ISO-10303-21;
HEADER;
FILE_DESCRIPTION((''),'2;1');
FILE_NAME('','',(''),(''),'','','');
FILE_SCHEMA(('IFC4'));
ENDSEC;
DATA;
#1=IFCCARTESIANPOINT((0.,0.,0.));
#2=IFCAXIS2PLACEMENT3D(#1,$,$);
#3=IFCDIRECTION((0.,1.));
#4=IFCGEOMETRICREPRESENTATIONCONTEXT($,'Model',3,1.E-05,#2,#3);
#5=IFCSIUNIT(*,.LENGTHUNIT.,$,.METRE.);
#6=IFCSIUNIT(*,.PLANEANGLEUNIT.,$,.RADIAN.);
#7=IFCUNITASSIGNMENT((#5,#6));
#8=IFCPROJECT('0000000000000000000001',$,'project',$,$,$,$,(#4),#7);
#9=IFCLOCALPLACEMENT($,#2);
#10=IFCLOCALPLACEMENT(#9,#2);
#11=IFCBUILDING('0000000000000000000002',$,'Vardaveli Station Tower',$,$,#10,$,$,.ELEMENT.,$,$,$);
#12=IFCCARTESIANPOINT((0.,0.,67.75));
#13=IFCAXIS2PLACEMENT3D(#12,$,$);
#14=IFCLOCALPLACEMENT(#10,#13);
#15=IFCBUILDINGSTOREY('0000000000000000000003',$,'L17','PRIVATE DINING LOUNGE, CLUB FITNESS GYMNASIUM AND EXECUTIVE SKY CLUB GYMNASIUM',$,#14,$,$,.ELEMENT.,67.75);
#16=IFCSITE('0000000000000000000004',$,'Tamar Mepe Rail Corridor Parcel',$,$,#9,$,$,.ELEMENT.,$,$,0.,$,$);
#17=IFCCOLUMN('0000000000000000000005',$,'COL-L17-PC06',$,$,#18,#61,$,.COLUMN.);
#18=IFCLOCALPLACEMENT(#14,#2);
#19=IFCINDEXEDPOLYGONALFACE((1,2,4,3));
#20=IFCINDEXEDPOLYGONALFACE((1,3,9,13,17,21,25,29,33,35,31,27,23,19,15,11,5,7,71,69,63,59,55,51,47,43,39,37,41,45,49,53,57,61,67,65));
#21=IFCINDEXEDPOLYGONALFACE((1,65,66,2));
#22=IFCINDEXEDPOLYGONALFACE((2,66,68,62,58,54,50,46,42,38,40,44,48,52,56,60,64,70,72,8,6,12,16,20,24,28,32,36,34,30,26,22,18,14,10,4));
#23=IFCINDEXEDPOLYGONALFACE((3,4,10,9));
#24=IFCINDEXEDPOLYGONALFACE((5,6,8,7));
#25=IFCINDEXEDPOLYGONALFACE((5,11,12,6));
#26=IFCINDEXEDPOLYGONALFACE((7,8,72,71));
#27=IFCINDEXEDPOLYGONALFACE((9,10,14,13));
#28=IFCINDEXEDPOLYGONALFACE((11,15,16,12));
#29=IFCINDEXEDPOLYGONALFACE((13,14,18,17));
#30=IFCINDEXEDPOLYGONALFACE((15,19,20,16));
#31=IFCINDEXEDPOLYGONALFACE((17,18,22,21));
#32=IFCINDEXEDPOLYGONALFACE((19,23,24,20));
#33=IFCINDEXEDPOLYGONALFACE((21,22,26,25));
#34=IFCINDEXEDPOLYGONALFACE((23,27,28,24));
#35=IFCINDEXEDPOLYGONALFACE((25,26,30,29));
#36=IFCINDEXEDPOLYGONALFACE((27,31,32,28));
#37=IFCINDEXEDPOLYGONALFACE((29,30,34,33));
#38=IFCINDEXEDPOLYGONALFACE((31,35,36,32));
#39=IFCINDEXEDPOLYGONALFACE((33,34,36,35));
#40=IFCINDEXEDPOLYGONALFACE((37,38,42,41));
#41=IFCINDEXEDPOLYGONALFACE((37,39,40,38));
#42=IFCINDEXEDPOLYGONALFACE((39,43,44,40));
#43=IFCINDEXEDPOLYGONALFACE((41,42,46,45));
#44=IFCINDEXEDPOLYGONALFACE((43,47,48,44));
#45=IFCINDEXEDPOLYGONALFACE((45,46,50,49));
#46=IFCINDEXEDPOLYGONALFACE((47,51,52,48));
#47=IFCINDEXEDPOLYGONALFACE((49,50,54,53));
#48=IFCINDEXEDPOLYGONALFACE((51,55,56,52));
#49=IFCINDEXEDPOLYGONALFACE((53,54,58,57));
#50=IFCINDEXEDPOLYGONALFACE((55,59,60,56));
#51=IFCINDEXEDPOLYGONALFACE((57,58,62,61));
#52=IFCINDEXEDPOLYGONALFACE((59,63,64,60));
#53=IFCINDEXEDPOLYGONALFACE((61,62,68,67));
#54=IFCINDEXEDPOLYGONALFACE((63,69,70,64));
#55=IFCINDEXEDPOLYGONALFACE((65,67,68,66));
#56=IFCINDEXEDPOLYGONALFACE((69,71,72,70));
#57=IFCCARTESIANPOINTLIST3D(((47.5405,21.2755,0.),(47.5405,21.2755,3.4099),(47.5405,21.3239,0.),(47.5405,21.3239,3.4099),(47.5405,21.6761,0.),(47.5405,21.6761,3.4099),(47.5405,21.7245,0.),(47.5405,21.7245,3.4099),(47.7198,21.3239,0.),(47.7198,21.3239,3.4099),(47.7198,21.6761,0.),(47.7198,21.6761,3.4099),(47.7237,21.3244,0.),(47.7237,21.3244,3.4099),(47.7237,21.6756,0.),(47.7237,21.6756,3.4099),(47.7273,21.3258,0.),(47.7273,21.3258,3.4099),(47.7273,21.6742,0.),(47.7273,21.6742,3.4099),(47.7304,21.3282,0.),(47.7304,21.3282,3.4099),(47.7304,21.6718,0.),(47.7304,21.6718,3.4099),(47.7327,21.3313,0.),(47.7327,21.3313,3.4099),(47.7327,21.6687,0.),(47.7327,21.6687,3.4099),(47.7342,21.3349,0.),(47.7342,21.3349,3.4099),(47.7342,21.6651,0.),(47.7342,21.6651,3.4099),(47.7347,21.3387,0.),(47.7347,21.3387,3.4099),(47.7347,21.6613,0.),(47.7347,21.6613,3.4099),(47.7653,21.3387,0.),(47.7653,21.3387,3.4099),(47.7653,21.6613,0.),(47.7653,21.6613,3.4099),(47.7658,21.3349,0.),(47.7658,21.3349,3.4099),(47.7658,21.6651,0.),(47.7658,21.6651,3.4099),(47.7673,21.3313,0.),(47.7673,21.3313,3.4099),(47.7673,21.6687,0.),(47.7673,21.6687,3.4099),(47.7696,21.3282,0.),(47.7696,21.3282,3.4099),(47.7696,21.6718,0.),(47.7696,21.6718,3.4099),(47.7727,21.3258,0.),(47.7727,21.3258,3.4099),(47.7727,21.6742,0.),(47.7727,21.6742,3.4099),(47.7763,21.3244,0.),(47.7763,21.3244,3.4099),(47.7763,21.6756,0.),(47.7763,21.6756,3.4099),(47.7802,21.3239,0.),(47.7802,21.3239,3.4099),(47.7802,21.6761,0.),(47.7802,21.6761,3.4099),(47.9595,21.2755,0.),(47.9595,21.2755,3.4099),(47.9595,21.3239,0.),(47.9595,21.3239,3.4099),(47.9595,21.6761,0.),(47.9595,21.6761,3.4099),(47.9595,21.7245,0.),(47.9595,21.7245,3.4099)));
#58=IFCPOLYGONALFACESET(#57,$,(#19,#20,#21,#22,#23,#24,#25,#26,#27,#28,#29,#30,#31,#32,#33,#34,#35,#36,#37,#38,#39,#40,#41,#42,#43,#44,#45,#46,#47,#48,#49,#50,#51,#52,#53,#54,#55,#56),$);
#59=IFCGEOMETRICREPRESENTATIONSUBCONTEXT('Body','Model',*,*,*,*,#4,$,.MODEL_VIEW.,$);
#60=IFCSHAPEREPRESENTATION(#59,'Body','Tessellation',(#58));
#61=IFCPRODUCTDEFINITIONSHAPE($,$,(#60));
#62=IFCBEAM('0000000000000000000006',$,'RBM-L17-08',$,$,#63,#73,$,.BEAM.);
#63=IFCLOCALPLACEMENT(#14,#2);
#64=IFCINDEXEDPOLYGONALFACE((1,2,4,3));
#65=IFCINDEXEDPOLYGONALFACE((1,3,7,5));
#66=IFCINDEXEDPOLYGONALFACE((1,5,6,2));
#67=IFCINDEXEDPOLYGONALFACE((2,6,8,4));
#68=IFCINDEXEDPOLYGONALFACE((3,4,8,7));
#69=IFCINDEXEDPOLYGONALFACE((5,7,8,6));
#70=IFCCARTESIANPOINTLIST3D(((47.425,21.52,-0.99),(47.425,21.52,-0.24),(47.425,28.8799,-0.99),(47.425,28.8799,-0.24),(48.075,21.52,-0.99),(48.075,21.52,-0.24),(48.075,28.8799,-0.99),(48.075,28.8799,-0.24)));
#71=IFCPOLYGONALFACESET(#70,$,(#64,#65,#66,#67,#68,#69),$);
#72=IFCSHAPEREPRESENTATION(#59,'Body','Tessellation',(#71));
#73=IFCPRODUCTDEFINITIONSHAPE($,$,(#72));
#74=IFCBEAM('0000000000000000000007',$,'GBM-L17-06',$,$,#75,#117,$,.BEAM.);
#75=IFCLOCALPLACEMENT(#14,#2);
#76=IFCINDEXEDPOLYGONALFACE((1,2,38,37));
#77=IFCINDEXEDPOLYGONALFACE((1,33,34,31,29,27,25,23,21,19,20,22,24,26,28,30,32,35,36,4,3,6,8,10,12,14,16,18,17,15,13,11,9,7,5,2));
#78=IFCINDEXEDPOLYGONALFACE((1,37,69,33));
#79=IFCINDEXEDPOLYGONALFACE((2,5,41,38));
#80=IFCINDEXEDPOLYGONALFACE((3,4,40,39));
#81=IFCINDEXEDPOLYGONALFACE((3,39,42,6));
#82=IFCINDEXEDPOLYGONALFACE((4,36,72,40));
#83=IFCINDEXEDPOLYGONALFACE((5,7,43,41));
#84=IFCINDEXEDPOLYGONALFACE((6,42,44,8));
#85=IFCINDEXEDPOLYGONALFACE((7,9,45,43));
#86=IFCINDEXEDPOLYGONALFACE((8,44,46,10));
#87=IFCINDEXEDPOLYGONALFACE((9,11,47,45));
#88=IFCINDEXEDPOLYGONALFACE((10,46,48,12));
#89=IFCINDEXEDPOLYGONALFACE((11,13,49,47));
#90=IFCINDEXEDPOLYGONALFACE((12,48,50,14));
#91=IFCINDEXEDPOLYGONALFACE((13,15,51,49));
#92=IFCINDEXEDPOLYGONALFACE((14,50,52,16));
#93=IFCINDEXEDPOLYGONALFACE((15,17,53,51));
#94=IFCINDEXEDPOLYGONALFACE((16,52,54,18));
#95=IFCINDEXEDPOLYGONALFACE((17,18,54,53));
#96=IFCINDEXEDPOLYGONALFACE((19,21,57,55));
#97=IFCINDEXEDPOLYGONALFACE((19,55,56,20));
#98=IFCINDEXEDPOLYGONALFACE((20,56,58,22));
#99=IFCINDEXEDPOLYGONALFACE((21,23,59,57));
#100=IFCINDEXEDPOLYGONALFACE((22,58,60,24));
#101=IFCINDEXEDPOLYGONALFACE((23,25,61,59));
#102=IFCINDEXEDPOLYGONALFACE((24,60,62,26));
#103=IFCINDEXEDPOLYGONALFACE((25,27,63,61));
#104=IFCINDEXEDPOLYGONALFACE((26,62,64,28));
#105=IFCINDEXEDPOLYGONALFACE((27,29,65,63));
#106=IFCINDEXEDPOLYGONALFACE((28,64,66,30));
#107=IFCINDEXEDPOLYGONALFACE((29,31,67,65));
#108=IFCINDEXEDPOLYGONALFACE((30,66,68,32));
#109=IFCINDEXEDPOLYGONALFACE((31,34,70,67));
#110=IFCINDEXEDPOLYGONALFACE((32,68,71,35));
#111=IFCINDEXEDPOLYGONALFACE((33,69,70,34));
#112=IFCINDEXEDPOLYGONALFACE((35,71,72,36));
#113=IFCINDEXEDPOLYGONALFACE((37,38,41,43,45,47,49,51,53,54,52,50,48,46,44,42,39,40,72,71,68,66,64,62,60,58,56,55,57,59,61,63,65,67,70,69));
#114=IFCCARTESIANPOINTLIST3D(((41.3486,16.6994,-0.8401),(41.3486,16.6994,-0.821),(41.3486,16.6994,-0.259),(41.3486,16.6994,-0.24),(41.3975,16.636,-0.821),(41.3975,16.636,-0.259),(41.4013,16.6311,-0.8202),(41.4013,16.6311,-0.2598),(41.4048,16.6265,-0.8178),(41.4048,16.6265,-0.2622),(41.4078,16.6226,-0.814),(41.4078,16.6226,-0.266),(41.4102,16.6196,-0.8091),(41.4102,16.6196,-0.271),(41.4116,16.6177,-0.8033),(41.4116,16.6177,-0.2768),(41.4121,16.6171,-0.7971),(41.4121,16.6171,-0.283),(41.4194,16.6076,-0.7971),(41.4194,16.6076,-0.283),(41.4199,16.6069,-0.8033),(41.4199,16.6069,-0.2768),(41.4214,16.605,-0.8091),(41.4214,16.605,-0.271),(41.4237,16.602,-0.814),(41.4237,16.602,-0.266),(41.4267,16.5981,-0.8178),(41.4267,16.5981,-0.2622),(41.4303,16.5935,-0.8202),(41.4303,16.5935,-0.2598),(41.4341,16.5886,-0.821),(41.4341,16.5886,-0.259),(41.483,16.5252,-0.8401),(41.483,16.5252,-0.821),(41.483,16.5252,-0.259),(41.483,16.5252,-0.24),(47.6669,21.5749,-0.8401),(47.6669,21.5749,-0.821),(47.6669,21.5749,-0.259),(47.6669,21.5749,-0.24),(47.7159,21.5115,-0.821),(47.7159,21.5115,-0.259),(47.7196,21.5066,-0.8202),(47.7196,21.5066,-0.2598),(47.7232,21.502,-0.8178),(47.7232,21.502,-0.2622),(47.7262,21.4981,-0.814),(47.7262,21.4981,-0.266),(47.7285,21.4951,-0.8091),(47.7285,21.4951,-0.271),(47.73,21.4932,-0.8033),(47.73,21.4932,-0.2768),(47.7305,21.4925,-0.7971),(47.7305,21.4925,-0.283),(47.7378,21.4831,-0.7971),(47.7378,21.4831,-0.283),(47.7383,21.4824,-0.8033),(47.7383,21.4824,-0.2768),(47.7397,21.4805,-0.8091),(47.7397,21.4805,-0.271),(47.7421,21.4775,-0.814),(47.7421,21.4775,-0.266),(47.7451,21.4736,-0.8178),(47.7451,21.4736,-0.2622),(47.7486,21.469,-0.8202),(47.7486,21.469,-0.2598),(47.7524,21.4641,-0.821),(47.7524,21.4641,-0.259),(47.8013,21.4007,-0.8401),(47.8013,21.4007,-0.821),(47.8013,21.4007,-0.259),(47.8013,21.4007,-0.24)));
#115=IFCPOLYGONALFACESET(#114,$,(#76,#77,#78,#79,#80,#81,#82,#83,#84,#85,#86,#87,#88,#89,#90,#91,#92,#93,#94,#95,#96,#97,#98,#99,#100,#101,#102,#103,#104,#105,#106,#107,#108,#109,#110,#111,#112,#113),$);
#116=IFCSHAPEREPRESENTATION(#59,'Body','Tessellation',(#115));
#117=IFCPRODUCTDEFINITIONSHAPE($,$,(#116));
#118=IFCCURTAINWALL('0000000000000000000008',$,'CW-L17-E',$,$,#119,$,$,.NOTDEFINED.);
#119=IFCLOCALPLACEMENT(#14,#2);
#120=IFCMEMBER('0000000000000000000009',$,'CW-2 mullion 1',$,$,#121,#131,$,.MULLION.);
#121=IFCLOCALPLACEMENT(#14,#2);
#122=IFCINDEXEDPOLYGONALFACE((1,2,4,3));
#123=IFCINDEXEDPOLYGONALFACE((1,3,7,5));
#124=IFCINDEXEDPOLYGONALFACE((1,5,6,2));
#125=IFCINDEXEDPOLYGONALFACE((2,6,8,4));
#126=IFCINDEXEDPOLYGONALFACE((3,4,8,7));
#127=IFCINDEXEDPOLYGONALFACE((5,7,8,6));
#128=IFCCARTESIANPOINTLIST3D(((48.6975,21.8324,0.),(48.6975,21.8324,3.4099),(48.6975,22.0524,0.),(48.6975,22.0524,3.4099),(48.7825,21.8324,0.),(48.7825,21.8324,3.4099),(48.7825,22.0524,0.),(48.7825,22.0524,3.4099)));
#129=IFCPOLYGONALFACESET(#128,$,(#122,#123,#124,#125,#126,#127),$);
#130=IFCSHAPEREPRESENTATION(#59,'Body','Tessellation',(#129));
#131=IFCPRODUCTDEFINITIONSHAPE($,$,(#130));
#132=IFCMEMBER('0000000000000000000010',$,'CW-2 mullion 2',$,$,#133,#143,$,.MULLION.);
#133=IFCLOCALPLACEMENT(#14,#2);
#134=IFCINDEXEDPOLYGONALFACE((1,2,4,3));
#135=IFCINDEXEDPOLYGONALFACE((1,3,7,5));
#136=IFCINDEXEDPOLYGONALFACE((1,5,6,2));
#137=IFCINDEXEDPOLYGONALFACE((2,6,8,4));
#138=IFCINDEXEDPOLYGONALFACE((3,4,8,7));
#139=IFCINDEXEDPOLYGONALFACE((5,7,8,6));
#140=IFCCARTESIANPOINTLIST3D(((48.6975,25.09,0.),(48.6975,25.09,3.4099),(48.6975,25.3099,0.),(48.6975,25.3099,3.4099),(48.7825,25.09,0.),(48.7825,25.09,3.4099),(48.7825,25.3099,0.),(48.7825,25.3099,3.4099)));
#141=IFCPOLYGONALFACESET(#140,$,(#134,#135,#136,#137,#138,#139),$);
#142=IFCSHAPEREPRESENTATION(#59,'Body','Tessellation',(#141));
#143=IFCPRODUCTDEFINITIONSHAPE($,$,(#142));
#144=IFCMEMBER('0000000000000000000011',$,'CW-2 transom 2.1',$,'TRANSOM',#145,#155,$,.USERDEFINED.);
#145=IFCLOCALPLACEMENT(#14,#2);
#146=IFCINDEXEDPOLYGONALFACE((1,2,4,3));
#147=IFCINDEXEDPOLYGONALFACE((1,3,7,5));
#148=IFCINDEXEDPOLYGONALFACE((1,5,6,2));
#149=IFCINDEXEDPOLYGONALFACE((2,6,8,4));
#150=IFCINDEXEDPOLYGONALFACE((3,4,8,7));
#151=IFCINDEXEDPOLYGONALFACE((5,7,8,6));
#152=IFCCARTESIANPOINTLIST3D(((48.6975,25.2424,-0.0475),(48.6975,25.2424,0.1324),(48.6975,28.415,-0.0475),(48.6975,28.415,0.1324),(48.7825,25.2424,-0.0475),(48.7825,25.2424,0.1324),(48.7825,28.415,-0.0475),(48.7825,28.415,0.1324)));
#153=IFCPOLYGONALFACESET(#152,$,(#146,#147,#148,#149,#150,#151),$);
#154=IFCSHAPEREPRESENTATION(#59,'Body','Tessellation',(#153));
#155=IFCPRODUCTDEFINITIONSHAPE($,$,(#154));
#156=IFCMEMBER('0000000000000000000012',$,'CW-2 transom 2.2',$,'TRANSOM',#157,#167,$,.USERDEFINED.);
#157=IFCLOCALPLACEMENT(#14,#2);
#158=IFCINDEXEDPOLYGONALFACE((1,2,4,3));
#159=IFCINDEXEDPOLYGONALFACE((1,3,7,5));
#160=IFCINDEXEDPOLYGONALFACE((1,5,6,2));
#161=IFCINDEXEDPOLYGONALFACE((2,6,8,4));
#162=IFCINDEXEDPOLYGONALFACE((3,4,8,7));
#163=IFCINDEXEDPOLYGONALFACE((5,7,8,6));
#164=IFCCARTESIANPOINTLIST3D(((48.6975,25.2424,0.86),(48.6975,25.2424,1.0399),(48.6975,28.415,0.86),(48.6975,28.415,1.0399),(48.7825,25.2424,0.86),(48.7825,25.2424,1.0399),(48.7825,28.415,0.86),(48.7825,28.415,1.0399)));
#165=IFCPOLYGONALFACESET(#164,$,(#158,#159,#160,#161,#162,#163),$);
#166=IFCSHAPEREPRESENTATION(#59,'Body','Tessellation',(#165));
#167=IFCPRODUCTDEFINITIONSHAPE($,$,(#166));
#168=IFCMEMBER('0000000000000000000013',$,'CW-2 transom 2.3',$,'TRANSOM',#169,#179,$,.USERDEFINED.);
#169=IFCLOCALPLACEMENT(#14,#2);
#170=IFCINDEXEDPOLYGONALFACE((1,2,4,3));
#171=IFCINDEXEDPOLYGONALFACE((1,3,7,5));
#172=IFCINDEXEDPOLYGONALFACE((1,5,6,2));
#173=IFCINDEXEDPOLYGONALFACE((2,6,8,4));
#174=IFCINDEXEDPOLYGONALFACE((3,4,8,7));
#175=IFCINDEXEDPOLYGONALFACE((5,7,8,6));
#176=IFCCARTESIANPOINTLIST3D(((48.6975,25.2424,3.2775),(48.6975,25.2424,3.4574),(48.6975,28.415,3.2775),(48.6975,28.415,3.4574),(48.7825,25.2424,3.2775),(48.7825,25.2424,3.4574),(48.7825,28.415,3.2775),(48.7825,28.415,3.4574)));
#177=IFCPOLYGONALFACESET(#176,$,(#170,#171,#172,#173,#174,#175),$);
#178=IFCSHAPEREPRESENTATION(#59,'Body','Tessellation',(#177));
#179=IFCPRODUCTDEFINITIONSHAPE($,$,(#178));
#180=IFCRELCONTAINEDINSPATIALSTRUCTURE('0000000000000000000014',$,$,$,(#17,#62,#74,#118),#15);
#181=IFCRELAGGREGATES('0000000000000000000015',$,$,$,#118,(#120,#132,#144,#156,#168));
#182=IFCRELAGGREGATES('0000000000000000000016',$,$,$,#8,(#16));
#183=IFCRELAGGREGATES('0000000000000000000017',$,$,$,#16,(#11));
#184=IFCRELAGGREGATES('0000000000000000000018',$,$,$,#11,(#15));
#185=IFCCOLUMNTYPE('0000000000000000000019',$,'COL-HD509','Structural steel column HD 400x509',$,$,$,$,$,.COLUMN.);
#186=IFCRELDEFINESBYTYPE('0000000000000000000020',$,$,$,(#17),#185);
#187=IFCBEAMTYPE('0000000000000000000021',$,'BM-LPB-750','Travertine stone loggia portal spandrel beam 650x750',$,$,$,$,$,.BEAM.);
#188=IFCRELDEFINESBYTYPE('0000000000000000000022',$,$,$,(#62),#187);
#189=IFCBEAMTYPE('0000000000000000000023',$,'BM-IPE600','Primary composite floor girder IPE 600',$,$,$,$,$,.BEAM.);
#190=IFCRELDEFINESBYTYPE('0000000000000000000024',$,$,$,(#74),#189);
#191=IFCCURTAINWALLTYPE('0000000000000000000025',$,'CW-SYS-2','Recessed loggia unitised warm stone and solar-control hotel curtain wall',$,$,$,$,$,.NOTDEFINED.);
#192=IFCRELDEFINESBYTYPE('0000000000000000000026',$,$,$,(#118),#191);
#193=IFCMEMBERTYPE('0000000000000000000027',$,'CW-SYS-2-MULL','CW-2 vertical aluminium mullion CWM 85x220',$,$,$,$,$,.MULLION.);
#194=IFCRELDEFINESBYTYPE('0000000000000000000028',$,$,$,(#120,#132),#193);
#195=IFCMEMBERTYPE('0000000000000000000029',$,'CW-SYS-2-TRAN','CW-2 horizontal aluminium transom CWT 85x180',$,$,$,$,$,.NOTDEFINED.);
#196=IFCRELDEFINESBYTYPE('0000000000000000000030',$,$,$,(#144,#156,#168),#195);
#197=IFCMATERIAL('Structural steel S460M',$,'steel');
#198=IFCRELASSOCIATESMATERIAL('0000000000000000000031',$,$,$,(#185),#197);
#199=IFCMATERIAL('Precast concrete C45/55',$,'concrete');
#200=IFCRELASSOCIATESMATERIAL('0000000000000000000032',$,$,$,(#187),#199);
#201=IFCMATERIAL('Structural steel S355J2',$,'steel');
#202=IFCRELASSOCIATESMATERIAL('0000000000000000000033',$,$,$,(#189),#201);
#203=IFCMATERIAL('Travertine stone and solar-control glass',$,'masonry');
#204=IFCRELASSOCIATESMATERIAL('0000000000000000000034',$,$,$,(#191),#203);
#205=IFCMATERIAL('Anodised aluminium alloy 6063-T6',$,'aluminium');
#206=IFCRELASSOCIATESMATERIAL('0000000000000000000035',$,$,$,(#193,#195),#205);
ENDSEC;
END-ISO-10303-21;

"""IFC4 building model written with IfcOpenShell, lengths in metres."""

from ifc_helpers import new_model, si_unit, direction, frame, origin, origin_2d, place, context, subcontext, project, spatial, rectangle, i_section, extrude, source, transform, mapped, material, material_profile, profile_set, type_object, element, aggregate, save


model = new_model("IFC4")

# Units and contexts
model_context = context("Model", 3, precision=1e-05, world=origin(), true_north=direction((0.0, 1.0)))
body_context = subcontext(model_context, "Body", "Model", "MODEL_VIEW")
ifc_project = project(units=[si_unit("LENGTHUNIT", "METRE"), si_unit("PLANEANGLEUNIT", "RADIAN")], contexts=[model_context])

# Site, building, storey
site_placement = place(None, origin())
site = spatial("IfcSite", under=ifc_project, at=site_placement, Name="Tamar Mepe Rail Corridor Parcel", CompositionType="ELEMENT", RefElevation=0.0)
building_placement = place(site_placement, origin())
building = spatial("IfcBuilding", under=site, at=building_placement, Name="Vardaveli Station Tower", CompositionType="ELEMENT")
storey_placement = place(building_placement, frame((0.0, 0.0, 67.75)))
storey = spatial("IfcBuildingStorey", under=building, at=storey_placement, Name="L17", Description="PRIVATE DINING LOUNGE, CLUB FITNESS GYMNASIUM AND EXECUTIVE SKY CLUB GYMNASIUM", CompositionType="ELEMENT", Elevation=67.75)

# Column
ifc_material_1 = material(Name="Structural steel S460M", Category="steel")
ifc_material_profile_1 = material_profile(ifc_material_1, i_section(OverallWidth=0.4189, OverallDepth=0.449, WebThickness=0.0305, FlangeThickness=0.0483, FilletRadius=0.0149, at=origin_2d()), Name="HD 400x509")
ifc_profile_set_1 = profile_set([ifc_material_profile_1], Name="Structural steel S460M")
column_type = type_object("IfcColumnType", Name="COL-HD509", Description="Structural steel column HD 400x509", PredefinedType="COLUMN", material=ifc_profile_set_1)
shared_shape_1 = source(origin(), body_context, "Body", "SweptSolid", [
    extrude(i_section(OverallWidth=0.4189, OverallDepth=0.449, WebThickness=0.0305, FlangeThickness=0.0483, FilletRadius=0.0149, at=origin_2d()), origin(), (0.0, 0.0, 1.0), 3.4099),
])
column_placement = place(storey_placement, frame((47.75, 21.5, 0.0), z_axis=(0.0, 0.0, 1.0), x_axis=(1.0, 0.0, 0.0)))
element("IfcColumn", 1, at=column_placement, inside=storey, type_object=column_type, Name="COL-L17-PC06", PredefinedType="COLUMN", context=body_context, shape_type="MappedRepresentation", body=[
    mapped(shared_shape_1, transform((0.0, 0.0, 0.0), scale=1.0)),
])

# Beams
ifc_material_2 = material(Name="Precast concrete C45/55", Category="concrete")
ifc_material_profile_2 = material_profile(ifc_material_2, rectangle(XDim=0.6499, YDim=0.75, at=origin_2d()), Name="LPB 650x750")
ifc_profile_set_2 = profile_set([ifc_material_profile_2], Name="Precast concrete C45/55")
beam_type_1 = type_object("IfcBeamType", Name="BM-LPB-750", Description="Travertine stone loggia portal spandrel beam 650x750", PredefinedType="BEAM", material=ifc_profile_set_2)
shared_shape_2 = source(origin(), body_context, "Body", "SweptSolid", [
    extrude(rectangle(XDim=0.6499, YDim=0.75, at=origin_2d()), origin(), (0.0, 0.0, 1.0), 7.3599),
])
beam_1_placement = place(storey_placement, frame((47.75, 21.52, -0.615), z_axis=(0.0, 1.0, 0.0), x_axis=(-1.0, 0.0, 0.0)))
element("IfcBeam", 2, at=beam_1_placement, inside=storey, type_object=beam_type_1, Name="RBM-L17-08", PredefinedType="BEAM", context=body_context, shape_type="MappedRepresentation", body=[
    mapped(shared_shape_2, transform((0.0, 0.0, 0.0), scale=1.0)),
])
ifc_material_3 = material(Name="Structural steel S355J2", Category="steel")
ifc_material_profile_3 = material_profile(ifc_material_3, i_section(OverallWidth=0.22, OverallDepth=0.6001, WebThickness=0.012, FlangeThickness=0.019, FilletRadius=0.0239, at=origin_2d()), Name="IPE 600")
ifc_profile_set_3 = profile_set([ifc_material_profile_3], Name="Structural steel S355J2")
beam_type_2 = type_object("IfcBeamType", Name="BM-IPE600", Description="Primary composite floor girder IPE 600", PredefinedType="BEAM", material=ifc_profile_set_3)
shared_shape_3 = source(origin(), body_context, "Body", "SweptSolid", [
    extrude(i_section(OverallWidth=0.22, OverallDepth=0.6001, WebThickness=0.012, FlangeThickness=0.019, FilletRadius=0.0239, at=origin_2d()), origin(), (0.0, 0.0, 1.0), 7.9807),
])
beam_2_placement = place(storey_placement, frame((47.7341, 21.4878, -0.54), z_axis=(-0.791702, -0.610908, 0.0), x_axis=(0.610908, -0.791702, 0.0)))
element("IfcBeam", 3, at=beam_2_placement, inside=storey, type_object=beam_type_2, Name="GBM-L17-06", PredefinedType="BEAM", context=body_context, shape_type="MappedRepresentation", body=[
    mapped(shared_shape_3, transform((0.0, 0.0, 0.0), scale=1.0)),
])

# Curtain wall, members
ifc_material_4 = material(Name="Travertine stone and solar-control glass", Category="masonry")
curtain_wall_type = type_object("IfcCurtainWallType", Name="CW-SYS-2", Description="Recessed loggia unitised warm stone and solar-control hotel curtain wall", PredefinedType="NOTDEFINED", material=ifc_material_4)
curtain_wall_placement = place(storey_placement, origin())
curtain_wall = element("IfcCurtainWall", 4, at=curtain_wall_placement, inside=storey, type_object=curtain_wall_type, Name="CW-L17-E", PredefinedType="NOTDEFINED")
ifc_material_5 = material(Name="Anodised aluminium alloy 6063-T6", Category="aluminium")
ifc_material_profile_4 = material_profile(ifc_material_5, rectangle(XDim=0.085, YDim=0.22, at=origin_2d()), Name="CWM 85x220")
ifc_profile_set_4 = profile_set([ifc_material_profile_4], Name="Anodised aluminium alloy 6063-T6")
member_type_1 = type_object("IfcMemberType", Name="CW-SYS-2-MULL", Description="CW-2 vertical aluminium mullion CWM 85x220", PredefinedType="MULLION", material=ifc_profile_set_4)
shared_shape_4 = source(origin(), body_context, "Body", "SweptSolid", [
    extrude(rectangle(XDim=0.085, YDim=0.22, at=origin_2d()), origin(), (0.0, 0.0, 1.0), 3.4099),
])
member_1_placement = place(storey_placement, frame((48.74, 21.9424, 0.0), z_axis=(0.0, 0.0, 1.0), x_axis=(-1.0, 0.0, 0.0)))
member_1 = element("IfcMember", 5, at=member_1_placement, type_object=member_type_1, Name="CW-2 mullion 1", PredefinedType="MULLION", context=body_context, shape_type="MappedRepresentation", body=[
    mapped(shared_shape_4, transform((0.0, 0.0, 0.0), scale=1.0)),
])
member_2_placement = place(storey_placement, frame((48.74, 25.2, 0.0), z_axis=(0.0, 0.0, 1.0), x_axis=(-1.0, 0.0, 0.0)))
member_2 = element("IfcMember", 6, at=member_2_placement, type_object=member_type_1, Name="CW-2 mullion 2", PredefinedType="MULLION", context=body_context, shape_type="MappedRepresentation", body=[
    mapped(shared_shape_4, transform((0.0, 0.0, 0.0), scale=1.0)),
])
ifc_material_profile_5 = material_profile(ifc_material_5, rectangle(XDim=0.085, YDim=0.1799, at=origin_2d()), Name="CWT 85x180")
ifc_profile_set_5 = profile_set([ifc_material_profile_5], Name="Anodised aluminium alloy 6063-T6")
member_type_2 = type_object("IfcMemberType", Name="CW-SYS-2-TRAN", Description="CW-2 horizontal aluminium transom CWT 85x180", PredefinedType="NOTDEFINED", material=ifc_profile_set_5)
shared_shape_5 = source(origin(), body_context, "Body", "SweptSolid", [
    extrude(rectangle(XDim=0.085, YDim=0.1799, at=origin_2d()), origin(), (0.0, 0.0, 1.0), 3.1726),
])
member_3_placement = place(storey_placement, frame((48.74, 25.2424, 0.0425), z_axis=(0.0, 1.0, 0.0), x_axis=(-1.0, 0.0, 0.0)))
member_3 = element("IfcMember", 7, at=member_3_placement, type_object=member_type_2, Name="CW-2 transom 2.1", ObjectType="TRANSOM", PredefinedType="USERDEFINED", context=body_context, shape_type="MappedRepresentation", body=[
    mapped(shared_shape_5, transform((0.0, 0.0, 0.0), scale=1.0)),
])
member_4_placement = place(storey_placement, frame((48.74, 25.2424, 0.95), z_axis=(0.0, 1.0, 0.0), x_axis=(-1.0, 0.0, 0.0)))
member_4 = element("IfcMember", 8, at=member_4_placement, type_object=member_type_2, Name="CW-2 transom 2.2", ObjectType="TRANSOM", PredefinedType="USERDEFINED", context=body_context, shape_type="MappedRepresentation", body=[
    mapped(shared_shape_5, transform((0.0, 0.0, 0.0), scale=1.0)),
])
member_5_placement = place(storey_placement, frame((48.74, 25.2424, 3.3674), z_axis=(0.0, 1.0, 0.0), x_axis=(-1.0, 0.0, 0.0)))
member_5 = element("IfcMember", 9, at=member_5_placement, type_object=member_type_2, Name="CW-2 transom 2.3", ObjectType="TRANSOM", PredefinedType="USERDEFINED", context=body_context, shape_type="MappedRepresentation", body=[
    mapped(shared_shape_5, transform((0.0, 0.0, 0.0), scale=1.0)),
])
aggregate(curtain_wall, [member_1, member_2, member_3, member_4, member_5])

save(model, "model.ifc")
